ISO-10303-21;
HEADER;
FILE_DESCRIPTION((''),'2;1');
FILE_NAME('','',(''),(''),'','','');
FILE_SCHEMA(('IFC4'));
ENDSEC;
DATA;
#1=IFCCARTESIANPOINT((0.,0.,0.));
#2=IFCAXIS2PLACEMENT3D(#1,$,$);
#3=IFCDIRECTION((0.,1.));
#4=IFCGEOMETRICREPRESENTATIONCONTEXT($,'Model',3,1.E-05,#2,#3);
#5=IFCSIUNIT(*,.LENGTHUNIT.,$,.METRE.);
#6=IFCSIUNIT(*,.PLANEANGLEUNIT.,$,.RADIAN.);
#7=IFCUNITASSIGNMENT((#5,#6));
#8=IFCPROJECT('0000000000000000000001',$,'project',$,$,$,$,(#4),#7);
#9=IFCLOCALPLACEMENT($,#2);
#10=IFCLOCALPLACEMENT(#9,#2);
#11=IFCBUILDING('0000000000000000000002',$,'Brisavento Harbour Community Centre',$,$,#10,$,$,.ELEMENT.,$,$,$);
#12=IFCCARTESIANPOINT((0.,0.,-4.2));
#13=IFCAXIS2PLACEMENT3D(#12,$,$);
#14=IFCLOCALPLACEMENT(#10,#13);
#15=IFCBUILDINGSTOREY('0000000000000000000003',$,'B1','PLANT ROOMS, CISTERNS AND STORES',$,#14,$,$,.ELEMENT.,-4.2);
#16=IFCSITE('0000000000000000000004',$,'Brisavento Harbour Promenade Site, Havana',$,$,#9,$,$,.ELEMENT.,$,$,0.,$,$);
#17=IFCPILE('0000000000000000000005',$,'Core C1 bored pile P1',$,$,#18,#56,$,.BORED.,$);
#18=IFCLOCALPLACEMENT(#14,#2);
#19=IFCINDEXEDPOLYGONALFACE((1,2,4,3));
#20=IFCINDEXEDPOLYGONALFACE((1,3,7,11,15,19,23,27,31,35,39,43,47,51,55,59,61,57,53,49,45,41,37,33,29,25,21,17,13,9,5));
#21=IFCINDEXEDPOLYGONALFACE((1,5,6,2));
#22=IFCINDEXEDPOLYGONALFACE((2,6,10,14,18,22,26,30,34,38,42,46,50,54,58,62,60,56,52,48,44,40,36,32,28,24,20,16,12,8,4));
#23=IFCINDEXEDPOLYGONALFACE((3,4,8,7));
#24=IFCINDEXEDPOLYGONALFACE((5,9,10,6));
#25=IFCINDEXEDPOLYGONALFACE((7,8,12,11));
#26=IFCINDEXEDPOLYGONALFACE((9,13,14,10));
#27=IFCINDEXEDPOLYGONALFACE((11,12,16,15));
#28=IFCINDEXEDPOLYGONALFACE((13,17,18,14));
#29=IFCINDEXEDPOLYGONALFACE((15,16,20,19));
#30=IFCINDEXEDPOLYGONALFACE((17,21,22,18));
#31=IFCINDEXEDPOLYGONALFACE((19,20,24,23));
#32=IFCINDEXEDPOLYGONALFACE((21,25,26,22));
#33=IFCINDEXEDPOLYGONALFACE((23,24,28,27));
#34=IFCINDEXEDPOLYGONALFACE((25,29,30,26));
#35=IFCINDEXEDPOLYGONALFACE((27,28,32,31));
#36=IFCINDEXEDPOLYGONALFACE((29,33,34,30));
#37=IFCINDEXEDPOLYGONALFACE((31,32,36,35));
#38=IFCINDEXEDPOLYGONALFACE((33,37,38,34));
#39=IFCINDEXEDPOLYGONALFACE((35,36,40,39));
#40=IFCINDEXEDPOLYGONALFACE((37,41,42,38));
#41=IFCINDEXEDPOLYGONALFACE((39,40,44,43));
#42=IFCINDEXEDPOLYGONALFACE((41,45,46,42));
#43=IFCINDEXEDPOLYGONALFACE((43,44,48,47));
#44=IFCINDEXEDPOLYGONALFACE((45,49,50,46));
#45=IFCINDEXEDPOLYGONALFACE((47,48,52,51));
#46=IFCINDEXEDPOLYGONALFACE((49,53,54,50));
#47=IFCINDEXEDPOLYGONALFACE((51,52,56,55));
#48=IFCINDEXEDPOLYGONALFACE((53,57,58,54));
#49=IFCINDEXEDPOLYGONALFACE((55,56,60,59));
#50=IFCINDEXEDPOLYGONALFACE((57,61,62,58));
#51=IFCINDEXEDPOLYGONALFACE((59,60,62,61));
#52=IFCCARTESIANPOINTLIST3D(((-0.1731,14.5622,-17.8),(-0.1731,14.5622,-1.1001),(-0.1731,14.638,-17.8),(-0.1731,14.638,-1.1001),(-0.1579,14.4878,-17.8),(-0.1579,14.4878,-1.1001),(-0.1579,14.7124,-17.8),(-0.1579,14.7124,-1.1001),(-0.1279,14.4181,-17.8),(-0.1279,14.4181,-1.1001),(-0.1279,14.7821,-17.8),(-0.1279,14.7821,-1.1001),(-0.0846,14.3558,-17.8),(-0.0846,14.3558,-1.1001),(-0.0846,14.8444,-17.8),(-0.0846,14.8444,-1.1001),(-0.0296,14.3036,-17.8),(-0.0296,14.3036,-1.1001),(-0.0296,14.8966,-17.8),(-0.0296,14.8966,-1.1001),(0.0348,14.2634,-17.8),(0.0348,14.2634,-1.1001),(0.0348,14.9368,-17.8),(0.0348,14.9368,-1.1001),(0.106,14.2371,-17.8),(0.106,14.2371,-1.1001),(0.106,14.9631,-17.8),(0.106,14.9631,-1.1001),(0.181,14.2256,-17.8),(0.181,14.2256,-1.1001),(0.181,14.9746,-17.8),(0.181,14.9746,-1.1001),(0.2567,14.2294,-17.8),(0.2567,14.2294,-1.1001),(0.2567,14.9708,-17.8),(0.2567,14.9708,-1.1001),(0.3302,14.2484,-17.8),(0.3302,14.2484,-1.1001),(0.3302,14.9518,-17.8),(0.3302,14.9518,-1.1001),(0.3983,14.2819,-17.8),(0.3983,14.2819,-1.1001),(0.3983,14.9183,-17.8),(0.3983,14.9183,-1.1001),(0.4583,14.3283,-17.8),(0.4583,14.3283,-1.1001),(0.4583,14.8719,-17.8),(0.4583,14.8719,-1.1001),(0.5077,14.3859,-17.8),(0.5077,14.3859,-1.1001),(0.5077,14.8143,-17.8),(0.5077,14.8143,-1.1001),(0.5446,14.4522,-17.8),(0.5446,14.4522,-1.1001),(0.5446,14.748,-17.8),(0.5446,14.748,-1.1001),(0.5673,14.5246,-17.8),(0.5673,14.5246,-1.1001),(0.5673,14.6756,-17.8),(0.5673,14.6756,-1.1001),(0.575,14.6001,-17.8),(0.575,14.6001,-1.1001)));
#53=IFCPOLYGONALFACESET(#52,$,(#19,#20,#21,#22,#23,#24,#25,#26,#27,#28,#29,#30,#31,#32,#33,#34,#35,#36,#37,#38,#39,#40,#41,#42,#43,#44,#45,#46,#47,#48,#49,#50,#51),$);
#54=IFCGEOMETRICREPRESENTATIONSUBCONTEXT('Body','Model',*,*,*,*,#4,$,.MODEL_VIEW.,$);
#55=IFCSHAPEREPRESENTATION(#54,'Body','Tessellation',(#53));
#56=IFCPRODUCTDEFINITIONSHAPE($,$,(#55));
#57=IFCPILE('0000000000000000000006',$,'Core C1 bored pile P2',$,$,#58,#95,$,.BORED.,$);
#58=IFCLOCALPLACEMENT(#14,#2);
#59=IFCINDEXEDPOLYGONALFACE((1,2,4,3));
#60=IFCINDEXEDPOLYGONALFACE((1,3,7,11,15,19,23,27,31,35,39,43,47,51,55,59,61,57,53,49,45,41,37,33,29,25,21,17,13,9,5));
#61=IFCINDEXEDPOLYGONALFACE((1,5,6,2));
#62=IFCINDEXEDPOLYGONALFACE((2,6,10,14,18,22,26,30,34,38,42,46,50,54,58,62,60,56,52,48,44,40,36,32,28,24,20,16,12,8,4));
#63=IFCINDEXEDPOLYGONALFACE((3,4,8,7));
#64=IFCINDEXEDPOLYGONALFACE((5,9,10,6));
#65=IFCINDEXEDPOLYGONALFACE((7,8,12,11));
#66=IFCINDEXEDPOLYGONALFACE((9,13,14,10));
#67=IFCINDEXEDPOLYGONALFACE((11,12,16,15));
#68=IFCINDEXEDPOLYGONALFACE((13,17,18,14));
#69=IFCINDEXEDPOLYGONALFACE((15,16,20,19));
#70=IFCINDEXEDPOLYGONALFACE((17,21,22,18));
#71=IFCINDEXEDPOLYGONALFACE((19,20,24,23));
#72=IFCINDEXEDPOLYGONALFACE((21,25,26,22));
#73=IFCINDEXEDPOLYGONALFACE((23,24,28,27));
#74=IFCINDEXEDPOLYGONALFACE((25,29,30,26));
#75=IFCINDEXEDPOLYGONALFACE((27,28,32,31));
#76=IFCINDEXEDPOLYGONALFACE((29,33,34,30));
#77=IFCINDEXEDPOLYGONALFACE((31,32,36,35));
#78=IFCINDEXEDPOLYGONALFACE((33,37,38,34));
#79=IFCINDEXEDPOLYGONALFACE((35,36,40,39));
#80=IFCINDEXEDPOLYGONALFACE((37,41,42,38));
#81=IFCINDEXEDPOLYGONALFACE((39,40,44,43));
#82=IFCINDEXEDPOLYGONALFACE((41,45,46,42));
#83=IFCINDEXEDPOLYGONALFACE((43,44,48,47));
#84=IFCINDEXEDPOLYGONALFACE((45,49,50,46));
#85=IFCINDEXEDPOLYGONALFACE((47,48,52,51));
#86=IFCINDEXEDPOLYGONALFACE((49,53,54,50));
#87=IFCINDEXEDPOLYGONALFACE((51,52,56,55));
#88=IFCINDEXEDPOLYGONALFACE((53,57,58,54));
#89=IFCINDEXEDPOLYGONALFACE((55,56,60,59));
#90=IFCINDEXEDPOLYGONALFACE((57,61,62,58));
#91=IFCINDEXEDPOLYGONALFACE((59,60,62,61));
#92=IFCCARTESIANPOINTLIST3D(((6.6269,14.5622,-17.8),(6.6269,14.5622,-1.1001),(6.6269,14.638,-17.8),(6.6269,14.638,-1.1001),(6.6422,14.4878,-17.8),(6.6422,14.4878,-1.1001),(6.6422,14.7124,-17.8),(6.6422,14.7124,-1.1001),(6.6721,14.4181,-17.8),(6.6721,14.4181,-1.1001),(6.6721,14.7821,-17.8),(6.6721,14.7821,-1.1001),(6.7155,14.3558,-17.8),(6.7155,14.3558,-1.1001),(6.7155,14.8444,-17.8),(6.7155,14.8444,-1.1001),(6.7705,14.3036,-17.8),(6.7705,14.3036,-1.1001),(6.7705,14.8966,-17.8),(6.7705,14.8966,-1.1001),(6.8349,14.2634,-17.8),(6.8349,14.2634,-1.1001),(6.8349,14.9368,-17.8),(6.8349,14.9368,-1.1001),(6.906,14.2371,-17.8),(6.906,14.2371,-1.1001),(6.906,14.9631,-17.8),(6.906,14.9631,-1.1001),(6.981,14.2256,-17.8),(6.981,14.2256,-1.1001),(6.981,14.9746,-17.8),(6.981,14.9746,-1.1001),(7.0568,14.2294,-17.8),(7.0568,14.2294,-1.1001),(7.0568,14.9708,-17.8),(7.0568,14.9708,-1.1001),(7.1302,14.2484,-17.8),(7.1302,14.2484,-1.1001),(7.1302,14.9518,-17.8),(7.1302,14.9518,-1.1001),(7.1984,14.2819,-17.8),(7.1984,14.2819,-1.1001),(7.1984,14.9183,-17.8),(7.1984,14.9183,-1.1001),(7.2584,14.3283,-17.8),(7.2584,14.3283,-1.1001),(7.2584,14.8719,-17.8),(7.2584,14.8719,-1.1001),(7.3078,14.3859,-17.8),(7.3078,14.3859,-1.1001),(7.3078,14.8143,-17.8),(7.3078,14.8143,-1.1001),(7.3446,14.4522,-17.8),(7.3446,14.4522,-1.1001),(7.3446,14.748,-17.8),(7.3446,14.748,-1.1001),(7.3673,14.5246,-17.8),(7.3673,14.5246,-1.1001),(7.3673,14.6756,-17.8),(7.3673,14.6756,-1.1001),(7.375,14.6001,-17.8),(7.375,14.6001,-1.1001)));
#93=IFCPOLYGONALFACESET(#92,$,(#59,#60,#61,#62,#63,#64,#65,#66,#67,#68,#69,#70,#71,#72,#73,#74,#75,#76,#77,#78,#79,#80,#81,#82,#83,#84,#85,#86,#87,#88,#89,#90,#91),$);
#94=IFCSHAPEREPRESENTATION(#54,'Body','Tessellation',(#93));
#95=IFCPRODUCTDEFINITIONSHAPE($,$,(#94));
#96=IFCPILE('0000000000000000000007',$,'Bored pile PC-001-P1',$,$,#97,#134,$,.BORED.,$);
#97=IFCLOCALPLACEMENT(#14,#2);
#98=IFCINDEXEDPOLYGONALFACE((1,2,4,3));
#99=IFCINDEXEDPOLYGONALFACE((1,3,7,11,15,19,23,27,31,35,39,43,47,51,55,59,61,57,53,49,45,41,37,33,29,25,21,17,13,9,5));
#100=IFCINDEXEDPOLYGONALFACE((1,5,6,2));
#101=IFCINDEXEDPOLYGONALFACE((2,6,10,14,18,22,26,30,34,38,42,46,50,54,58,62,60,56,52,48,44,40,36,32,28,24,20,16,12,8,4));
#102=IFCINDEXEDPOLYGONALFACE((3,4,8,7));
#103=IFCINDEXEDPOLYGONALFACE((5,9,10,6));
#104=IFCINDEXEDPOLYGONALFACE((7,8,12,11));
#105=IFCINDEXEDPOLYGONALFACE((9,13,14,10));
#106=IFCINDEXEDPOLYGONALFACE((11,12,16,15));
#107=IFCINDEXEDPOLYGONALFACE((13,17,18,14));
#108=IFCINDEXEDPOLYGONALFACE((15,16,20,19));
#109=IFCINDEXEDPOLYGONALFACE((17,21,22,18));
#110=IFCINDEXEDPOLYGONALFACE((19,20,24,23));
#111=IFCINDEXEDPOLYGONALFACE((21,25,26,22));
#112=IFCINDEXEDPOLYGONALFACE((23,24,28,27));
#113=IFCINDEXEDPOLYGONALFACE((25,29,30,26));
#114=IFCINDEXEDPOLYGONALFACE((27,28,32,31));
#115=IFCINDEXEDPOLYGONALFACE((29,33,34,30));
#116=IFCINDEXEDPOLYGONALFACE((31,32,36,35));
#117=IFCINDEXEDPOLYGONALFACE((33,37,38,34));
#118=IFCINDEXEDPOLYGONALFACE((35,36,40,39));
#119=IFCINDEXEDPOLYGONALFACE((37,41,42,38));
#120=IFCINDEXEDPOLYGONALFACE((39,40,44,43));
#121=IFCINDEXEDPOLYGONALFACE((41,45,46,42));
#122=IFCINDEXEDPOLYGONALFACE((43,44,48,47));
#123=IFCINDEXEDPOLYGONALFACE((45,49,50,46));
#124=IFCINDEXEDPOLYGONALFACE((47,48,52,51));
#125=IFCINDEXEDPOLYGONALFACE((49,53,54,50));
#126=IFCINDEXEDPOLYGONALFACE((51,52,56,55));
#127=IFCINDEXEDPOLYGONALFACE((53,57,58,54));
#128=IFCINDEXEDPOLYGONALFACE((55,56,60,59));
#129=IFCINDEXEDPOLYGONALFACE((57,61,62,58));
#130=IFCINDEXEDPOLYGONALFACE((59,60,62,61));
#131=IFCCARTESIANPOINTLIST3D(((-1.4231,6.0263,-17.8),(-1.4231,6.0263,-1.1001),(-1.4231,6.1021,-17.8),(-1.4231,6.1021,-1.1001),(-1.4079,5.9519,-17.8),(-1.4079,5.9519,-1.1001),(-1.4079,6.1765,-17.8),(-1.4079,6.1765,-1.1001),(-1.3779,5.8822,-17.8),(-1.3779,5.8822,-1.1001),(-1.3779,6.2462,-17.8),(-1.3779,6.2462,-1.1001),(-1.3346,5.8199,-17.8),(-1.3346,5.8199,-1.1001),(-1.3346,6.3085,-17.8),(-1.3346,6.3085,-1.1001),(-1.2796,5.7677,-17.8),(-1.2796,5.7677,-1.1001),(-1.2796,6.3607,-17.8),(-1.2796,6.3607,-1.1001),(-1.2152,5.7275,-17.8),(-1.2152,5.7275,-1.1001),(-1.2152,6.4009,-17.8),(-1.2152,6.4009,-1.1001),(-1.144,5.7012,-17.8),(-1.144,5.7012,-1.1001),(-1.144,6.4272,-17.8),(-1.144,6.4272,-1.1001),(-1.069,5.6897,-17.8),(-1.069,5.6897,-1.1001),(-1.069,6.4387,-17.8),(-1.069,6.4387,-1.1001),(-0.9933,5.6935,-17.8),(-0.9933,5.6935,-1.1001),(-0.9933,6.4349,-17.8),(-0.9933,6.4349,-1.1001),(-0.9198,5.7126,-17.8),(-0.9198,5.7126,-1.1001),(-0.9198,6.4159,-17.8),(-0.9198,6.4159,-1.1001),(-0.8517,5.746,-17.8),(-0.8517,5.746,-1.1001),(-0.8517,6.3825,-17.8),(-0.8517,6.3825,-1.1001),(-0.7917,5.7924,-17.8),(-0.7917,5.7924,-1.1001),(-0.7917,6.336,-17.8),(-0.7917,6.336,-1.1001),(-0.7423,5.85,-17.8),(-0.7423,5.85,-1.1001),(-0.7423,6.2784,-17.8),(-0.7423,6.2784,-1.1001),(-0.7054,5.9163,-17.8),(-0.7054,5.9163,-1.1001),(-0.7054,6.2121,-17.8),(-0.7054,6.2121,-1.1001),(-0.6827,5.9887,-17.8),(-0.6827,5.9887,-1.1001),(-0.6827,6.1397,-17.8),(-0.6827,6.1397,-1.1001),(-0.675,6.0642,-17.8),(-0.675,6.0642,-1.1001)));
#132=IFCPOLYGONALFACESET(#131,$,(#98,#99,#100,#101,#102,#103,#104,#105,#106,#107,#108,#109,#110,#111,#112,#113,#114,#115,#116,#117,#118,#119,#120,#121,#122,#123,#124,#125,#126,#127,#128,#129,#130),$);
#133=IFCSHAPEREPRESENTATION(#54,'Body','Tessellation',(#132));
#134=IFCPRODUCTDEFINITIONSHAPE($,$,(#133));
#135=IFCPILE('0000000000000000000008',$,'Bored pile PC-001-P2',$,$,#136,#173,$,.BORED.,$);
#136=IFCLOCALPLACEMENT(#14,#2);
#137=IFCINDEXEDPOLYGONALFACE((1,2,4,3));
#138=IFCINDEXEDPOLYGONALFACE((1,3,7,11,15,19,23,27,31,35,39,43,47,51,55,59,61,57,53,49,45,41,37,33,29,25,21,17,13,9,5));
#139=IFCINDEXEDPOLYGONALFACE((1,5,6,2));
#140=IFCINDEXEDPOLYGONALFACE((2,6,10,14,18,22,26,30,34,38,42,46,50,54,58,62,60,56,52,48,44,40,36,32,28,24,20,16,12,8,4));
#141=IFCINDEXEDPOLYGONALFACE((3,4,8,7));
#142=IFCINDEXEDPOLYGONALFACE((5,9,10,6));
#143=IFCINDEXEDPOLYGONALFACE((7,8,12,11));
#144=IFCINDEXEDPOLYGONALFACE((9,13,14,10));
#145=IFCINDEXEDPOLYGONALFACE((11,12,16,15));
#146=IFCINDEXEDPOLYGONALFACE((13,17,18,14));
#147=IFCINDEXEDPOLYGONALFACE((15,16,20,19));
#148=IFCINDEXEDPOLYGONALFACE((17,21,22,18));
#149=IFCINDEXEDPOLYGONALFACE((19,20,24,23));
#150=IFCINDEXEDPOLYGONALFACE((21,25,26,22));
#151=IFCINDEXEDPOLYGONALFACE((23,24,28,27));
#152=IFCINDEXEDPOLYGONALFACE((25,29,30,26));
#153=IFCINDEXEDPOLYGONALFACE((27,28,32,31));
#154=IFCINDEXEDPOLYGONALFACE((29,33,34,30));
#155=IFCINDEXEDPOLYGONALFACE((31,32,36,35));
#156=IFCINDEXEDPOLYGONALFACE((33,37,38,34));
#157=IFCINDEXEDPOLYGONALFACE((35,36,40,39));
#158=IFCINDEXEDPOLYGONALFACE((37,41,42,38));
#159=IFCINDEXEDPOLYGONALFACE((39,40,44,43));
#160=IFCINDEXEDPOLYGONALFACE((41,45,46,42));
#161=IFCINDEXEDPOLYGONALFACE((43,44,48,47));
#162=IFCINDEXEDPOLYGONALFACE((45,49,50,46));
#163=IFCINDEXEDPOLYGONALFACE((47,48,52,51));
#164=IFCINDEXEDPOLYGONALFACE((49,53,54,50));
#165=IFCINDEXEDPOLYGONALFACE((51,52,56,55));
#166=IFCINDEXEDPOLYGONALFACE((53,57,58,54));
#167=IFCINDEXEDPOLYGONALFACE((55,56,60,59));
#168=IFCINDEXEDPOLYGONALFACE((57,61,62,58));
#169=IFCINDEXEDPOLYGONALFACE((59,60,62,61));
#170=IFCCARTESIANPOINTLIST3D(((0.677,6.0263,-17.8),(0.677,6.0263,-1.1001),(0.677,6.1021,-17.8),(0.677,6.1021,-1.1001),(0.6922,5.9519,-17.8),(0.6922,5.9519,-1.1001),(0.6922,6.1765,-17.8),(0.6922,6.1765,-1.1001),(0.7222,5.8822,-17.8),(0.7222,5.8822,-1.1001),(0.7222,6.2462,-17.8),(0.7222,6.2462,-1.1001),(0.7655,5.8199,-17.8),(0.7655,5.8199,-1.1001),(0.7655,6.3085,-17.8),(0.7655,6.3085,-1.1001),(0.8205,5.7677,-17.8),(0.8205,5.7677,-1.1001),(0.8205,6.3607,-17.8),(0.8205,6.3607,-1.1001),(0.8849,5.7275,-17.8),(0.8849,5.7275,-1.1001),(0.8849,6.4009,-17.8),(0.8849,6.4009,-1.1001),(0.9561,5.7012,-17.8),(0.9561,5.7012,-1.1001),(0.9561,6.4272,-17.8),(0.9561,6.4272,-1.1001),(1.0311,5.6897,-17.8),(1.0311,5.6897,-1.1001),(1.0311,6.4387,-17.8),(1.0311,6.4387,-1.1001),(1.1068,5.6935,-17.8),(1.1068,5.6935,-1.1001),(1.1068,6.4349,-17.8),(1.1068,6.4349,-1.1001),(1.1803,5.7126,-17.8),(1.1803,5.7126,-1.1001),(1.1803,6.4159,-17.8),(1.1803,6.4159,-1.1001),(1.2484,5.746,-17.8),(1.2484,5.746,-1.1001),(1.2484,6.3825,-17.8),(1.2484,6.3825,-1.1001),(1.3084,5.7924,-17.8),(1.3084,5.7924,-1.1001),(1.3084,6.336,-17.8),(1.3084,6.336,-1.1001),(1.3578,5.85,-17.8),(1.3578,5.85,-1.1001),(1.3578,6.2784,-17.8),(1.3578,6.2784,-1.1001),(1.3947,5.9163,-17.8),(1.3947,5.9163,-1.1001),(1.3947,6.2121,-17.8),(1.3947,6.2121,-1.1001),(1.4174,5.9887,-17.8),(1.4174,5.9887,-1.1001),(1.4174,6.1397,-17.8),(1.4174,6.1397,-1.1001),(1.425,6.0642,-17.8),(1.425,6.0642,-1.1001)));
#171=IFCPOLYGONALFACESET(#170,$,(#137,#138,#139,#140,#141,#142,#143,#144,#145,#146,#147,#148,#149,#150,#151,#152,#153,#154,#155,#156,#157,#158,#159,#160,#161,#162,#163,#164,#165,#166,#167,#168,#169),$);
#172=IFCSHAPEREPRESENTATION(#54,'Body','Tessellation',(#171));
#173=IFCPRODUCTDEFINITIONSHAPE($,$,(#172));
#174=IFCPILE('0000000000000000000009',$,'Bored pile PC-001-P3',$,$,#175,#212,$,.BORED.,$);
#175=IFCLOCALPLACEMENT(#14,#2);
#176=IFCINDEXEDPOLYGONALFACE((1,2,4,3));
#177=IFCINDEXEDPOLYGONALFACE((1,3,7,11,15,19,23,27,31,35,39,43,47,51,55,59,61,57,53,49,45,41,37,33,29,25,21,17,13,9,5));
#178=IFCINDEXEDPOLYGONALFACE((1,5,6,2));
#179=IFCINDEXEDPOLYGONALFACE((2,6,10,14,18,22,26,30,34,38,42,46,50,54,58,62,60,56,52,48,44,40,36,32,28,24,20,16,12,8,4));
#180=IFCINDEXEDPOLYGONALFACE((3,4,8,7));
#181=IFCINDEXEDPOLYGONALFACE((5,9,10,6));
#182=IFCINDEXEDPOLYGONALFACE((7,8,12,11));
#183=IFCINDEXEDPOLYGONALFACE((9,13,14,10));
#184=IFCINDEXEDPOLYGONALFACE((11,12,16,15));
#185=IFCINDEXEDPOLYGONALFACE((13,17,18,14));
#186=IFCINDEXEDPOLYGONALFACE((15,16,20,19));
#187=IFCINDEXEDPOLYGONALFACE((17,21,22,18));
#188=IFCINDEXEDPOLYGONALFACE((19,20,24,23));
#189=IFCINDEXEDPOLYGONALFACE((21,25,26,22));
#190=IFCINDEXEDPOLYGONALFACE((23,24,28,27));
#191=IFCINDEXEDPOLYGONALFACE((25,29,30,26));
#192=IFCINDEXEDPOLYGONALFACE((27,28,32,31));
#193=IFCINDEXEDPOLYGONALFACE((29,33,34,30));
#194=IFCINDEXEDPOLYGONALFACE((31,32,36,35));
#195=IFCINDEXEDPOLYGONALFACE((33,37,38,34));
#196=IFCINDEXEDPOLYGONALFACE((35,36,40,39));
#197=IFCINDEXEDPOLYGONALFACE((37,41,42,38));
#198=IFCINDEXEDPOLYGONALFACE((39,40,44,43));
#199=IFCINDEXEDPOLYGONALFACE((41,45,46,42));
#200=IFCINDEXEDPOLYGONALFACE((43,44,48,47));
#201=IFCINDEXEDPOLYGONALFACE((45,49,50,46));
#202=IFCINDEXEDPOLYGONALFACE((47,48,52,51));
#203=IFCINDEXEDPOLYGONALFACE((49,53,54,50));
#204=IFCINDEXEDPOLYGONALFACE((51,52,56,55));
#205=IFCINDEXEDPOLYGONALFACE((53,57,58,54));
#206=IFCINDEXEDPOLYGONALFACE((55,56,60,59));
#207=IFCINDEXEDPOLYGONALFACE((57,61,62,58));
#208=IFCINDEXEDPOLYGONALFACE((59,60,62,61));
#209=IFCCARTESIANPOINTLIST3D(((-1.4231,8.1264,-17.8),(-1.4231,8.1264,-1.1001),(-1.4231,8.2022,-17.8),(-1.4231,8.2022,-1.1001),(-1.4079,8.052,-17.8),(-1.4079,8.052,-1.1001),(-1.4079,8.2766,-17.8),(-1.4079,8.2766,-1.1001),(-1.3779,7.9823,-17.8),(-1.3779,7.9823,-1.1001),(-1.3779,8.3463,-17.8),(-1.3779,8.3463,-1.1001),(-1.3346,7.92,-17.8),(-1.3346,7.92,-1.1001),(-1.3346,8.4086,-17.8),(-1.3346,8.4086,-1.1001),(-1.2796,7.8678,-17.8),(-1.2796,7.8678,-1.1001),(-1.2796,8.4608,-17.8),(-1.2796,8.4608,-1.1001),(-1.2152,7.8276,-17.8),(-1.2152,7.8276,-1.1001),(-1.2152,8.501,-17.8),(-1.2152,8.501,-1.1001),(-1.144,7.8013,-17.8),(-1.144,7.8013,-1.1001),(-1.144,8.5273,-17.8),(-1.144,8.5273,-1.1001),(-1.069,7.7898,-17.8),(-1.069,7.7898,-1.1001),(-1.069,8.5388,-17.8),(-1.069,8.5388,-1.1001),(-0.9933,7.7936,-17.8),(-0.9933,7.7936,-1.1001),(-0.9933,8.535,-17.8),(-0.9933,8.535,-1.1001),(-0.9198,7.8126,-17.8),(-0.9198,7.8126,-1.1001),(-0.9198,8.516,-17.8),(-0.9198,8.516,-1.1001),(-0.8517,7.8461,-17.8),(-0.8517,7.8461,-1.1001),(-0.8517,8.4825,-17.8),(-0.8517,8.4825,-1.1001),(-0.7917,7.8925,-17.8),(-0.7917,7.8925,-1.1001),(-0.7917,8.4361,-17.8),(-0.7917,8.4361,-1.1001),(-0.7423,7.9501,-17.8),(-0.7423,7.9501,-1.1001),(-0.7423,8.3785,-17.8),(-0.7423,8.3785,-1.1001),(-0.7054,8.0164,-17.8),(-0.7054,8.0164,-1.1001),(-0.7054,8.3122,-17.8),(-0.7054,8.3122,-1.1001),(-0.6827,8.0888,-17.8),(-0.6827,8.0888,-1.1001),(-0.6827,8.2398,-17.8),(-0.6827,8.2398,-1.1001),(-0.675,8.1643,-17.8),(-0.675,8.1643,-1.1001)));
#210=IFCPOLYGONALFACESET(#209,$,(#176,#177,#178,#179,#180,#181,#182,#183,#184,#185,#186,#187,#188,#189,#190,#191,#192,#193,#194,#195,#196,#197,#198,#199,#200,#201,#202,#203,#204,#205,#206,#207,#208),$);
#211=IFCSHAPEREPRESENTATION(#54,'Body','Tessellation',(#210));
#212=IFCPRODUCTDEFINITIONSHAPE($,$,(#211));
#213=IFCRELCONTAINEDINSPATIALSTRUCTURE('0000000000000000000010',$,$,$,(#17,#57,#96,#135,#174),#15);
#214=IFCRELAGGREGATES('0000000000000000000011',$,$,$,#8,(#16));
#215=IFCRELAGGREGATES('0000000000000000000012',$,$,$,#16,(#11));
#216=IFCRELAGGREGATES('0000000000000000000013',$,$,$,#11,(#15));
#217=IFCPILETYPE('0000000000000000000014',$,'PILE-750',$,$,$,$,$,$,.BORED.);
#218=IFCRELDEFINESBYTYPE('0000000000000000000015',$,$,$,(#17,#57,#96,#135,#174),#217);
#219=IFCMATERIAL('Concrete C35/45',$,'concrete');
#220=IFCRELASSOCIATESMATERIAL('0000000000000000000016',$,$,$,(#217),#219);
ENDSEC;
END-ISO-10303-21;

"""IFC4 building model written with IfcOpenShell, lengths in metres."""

from ifc_helpers import new_model, si_unit, direction, frame, origin, origin_2d, place, context, subcontext, project, spatial, circle, extrude, material, material_profile, profile_set, type_object, element, save


model = new_model("IFC4")

# Units and contexts
model_context = context("Model", 3, precision=1e-05, world=origin(), true_north=direction((0.0, 1.0)))
body_context = subcontext(model_context, "Body", "Model", "MODEL_VIEW")
ifc_project = project(units=[si_unit("LENGTHUNIT", "METRE"), si_unit("PLANEANGLEUNIT", "RADIAN")], contexts=[model_context])

# Site, building, storey
site_placement = place(None, origin())
site = spatial("IfcSite", under=ifc_project, at=site_placement, Name="Brisavento Harbour Promenade Site, Havana", CompositionType="ELEMENT", RefElevation=0.0)
building_placement = place(site_placement, origin())
building = spatial("IfcBuilding", under=site, at=building_placement, Name="Brisavento Harbour Community Centre", CompositionType="ELEMENT")
storey_placement = place(building_placement, frame((0.0, 0.0, -4.2)))
storey = spatial("IfcBuildingStorey", under=building, at=storey_placement, Name="B1", Description="PLANT ROOMS, CISTERNS AND STORES", CompositionType="ELEMENT", Elevation=-4.2)

# Shared definitions
ifc_material_1 = material(Name="Concrete C35/45", Category="concrete")

# Piles
ifc_material_profile_1 = material_profile(ifc_material_1, circle(Radius=0.375, at=origin_2d()), Name="Concrete C35/45")
ifc_profile_set_1 = profile_set([ifc_material_profile_1], Name="Concrete C35/45")
pile_type_1 = type_object("IfcPileType", Name="PILE-750", PredefinedType="BORED", material=ifc_profile_set_1)
for number, where, z_axis, x_axis, name in (
    (1, (0.2, 14.6001, -1.1001), (0.0, 0.0, -1.0), (1.0, 0.0, 0.0), "Core C1 bored pile P1"),
    (2, (7.0, 14.6001, -1.1001), (0.0, 0.0, -1.0), (1.0, 0.0, 0.0), "Core C1 bored pile P2"),
    (3, (-1.05, 6.0642, -1.1001), (0.0, 0.0, -1.0), (1.0, 0.0, 0.0), "Bored pile PC-001-P1"),
    (4, (1.05, 6.0642, -1.1001), (0.0, 0.0, -1.0), (1.0, 0.0, 0.0), "Bored pile PC-001-P2"),
    (5, (-1.05, 8.1643, -1.1001), (0.0, 0.0, -1.0), (1.0, 0.0, 0.0), "Bored pile PC-001-P3"),
):
    element("IfcPile", number, at=place(storey_placement, frame(where, z_axis=z_axis, x_axis=x_axis)), inside=storey, type_object=pile_type_1, Name=name, PredefinedType="BORED", context=body_context, shape_type="SweptSolid", body=[
        extrude(circle(Radius=0.375, at=origin_2d()), origin(), (0.0, 0.0, 1.0), 16.7),
    ])

save(model, "model.ifc")
